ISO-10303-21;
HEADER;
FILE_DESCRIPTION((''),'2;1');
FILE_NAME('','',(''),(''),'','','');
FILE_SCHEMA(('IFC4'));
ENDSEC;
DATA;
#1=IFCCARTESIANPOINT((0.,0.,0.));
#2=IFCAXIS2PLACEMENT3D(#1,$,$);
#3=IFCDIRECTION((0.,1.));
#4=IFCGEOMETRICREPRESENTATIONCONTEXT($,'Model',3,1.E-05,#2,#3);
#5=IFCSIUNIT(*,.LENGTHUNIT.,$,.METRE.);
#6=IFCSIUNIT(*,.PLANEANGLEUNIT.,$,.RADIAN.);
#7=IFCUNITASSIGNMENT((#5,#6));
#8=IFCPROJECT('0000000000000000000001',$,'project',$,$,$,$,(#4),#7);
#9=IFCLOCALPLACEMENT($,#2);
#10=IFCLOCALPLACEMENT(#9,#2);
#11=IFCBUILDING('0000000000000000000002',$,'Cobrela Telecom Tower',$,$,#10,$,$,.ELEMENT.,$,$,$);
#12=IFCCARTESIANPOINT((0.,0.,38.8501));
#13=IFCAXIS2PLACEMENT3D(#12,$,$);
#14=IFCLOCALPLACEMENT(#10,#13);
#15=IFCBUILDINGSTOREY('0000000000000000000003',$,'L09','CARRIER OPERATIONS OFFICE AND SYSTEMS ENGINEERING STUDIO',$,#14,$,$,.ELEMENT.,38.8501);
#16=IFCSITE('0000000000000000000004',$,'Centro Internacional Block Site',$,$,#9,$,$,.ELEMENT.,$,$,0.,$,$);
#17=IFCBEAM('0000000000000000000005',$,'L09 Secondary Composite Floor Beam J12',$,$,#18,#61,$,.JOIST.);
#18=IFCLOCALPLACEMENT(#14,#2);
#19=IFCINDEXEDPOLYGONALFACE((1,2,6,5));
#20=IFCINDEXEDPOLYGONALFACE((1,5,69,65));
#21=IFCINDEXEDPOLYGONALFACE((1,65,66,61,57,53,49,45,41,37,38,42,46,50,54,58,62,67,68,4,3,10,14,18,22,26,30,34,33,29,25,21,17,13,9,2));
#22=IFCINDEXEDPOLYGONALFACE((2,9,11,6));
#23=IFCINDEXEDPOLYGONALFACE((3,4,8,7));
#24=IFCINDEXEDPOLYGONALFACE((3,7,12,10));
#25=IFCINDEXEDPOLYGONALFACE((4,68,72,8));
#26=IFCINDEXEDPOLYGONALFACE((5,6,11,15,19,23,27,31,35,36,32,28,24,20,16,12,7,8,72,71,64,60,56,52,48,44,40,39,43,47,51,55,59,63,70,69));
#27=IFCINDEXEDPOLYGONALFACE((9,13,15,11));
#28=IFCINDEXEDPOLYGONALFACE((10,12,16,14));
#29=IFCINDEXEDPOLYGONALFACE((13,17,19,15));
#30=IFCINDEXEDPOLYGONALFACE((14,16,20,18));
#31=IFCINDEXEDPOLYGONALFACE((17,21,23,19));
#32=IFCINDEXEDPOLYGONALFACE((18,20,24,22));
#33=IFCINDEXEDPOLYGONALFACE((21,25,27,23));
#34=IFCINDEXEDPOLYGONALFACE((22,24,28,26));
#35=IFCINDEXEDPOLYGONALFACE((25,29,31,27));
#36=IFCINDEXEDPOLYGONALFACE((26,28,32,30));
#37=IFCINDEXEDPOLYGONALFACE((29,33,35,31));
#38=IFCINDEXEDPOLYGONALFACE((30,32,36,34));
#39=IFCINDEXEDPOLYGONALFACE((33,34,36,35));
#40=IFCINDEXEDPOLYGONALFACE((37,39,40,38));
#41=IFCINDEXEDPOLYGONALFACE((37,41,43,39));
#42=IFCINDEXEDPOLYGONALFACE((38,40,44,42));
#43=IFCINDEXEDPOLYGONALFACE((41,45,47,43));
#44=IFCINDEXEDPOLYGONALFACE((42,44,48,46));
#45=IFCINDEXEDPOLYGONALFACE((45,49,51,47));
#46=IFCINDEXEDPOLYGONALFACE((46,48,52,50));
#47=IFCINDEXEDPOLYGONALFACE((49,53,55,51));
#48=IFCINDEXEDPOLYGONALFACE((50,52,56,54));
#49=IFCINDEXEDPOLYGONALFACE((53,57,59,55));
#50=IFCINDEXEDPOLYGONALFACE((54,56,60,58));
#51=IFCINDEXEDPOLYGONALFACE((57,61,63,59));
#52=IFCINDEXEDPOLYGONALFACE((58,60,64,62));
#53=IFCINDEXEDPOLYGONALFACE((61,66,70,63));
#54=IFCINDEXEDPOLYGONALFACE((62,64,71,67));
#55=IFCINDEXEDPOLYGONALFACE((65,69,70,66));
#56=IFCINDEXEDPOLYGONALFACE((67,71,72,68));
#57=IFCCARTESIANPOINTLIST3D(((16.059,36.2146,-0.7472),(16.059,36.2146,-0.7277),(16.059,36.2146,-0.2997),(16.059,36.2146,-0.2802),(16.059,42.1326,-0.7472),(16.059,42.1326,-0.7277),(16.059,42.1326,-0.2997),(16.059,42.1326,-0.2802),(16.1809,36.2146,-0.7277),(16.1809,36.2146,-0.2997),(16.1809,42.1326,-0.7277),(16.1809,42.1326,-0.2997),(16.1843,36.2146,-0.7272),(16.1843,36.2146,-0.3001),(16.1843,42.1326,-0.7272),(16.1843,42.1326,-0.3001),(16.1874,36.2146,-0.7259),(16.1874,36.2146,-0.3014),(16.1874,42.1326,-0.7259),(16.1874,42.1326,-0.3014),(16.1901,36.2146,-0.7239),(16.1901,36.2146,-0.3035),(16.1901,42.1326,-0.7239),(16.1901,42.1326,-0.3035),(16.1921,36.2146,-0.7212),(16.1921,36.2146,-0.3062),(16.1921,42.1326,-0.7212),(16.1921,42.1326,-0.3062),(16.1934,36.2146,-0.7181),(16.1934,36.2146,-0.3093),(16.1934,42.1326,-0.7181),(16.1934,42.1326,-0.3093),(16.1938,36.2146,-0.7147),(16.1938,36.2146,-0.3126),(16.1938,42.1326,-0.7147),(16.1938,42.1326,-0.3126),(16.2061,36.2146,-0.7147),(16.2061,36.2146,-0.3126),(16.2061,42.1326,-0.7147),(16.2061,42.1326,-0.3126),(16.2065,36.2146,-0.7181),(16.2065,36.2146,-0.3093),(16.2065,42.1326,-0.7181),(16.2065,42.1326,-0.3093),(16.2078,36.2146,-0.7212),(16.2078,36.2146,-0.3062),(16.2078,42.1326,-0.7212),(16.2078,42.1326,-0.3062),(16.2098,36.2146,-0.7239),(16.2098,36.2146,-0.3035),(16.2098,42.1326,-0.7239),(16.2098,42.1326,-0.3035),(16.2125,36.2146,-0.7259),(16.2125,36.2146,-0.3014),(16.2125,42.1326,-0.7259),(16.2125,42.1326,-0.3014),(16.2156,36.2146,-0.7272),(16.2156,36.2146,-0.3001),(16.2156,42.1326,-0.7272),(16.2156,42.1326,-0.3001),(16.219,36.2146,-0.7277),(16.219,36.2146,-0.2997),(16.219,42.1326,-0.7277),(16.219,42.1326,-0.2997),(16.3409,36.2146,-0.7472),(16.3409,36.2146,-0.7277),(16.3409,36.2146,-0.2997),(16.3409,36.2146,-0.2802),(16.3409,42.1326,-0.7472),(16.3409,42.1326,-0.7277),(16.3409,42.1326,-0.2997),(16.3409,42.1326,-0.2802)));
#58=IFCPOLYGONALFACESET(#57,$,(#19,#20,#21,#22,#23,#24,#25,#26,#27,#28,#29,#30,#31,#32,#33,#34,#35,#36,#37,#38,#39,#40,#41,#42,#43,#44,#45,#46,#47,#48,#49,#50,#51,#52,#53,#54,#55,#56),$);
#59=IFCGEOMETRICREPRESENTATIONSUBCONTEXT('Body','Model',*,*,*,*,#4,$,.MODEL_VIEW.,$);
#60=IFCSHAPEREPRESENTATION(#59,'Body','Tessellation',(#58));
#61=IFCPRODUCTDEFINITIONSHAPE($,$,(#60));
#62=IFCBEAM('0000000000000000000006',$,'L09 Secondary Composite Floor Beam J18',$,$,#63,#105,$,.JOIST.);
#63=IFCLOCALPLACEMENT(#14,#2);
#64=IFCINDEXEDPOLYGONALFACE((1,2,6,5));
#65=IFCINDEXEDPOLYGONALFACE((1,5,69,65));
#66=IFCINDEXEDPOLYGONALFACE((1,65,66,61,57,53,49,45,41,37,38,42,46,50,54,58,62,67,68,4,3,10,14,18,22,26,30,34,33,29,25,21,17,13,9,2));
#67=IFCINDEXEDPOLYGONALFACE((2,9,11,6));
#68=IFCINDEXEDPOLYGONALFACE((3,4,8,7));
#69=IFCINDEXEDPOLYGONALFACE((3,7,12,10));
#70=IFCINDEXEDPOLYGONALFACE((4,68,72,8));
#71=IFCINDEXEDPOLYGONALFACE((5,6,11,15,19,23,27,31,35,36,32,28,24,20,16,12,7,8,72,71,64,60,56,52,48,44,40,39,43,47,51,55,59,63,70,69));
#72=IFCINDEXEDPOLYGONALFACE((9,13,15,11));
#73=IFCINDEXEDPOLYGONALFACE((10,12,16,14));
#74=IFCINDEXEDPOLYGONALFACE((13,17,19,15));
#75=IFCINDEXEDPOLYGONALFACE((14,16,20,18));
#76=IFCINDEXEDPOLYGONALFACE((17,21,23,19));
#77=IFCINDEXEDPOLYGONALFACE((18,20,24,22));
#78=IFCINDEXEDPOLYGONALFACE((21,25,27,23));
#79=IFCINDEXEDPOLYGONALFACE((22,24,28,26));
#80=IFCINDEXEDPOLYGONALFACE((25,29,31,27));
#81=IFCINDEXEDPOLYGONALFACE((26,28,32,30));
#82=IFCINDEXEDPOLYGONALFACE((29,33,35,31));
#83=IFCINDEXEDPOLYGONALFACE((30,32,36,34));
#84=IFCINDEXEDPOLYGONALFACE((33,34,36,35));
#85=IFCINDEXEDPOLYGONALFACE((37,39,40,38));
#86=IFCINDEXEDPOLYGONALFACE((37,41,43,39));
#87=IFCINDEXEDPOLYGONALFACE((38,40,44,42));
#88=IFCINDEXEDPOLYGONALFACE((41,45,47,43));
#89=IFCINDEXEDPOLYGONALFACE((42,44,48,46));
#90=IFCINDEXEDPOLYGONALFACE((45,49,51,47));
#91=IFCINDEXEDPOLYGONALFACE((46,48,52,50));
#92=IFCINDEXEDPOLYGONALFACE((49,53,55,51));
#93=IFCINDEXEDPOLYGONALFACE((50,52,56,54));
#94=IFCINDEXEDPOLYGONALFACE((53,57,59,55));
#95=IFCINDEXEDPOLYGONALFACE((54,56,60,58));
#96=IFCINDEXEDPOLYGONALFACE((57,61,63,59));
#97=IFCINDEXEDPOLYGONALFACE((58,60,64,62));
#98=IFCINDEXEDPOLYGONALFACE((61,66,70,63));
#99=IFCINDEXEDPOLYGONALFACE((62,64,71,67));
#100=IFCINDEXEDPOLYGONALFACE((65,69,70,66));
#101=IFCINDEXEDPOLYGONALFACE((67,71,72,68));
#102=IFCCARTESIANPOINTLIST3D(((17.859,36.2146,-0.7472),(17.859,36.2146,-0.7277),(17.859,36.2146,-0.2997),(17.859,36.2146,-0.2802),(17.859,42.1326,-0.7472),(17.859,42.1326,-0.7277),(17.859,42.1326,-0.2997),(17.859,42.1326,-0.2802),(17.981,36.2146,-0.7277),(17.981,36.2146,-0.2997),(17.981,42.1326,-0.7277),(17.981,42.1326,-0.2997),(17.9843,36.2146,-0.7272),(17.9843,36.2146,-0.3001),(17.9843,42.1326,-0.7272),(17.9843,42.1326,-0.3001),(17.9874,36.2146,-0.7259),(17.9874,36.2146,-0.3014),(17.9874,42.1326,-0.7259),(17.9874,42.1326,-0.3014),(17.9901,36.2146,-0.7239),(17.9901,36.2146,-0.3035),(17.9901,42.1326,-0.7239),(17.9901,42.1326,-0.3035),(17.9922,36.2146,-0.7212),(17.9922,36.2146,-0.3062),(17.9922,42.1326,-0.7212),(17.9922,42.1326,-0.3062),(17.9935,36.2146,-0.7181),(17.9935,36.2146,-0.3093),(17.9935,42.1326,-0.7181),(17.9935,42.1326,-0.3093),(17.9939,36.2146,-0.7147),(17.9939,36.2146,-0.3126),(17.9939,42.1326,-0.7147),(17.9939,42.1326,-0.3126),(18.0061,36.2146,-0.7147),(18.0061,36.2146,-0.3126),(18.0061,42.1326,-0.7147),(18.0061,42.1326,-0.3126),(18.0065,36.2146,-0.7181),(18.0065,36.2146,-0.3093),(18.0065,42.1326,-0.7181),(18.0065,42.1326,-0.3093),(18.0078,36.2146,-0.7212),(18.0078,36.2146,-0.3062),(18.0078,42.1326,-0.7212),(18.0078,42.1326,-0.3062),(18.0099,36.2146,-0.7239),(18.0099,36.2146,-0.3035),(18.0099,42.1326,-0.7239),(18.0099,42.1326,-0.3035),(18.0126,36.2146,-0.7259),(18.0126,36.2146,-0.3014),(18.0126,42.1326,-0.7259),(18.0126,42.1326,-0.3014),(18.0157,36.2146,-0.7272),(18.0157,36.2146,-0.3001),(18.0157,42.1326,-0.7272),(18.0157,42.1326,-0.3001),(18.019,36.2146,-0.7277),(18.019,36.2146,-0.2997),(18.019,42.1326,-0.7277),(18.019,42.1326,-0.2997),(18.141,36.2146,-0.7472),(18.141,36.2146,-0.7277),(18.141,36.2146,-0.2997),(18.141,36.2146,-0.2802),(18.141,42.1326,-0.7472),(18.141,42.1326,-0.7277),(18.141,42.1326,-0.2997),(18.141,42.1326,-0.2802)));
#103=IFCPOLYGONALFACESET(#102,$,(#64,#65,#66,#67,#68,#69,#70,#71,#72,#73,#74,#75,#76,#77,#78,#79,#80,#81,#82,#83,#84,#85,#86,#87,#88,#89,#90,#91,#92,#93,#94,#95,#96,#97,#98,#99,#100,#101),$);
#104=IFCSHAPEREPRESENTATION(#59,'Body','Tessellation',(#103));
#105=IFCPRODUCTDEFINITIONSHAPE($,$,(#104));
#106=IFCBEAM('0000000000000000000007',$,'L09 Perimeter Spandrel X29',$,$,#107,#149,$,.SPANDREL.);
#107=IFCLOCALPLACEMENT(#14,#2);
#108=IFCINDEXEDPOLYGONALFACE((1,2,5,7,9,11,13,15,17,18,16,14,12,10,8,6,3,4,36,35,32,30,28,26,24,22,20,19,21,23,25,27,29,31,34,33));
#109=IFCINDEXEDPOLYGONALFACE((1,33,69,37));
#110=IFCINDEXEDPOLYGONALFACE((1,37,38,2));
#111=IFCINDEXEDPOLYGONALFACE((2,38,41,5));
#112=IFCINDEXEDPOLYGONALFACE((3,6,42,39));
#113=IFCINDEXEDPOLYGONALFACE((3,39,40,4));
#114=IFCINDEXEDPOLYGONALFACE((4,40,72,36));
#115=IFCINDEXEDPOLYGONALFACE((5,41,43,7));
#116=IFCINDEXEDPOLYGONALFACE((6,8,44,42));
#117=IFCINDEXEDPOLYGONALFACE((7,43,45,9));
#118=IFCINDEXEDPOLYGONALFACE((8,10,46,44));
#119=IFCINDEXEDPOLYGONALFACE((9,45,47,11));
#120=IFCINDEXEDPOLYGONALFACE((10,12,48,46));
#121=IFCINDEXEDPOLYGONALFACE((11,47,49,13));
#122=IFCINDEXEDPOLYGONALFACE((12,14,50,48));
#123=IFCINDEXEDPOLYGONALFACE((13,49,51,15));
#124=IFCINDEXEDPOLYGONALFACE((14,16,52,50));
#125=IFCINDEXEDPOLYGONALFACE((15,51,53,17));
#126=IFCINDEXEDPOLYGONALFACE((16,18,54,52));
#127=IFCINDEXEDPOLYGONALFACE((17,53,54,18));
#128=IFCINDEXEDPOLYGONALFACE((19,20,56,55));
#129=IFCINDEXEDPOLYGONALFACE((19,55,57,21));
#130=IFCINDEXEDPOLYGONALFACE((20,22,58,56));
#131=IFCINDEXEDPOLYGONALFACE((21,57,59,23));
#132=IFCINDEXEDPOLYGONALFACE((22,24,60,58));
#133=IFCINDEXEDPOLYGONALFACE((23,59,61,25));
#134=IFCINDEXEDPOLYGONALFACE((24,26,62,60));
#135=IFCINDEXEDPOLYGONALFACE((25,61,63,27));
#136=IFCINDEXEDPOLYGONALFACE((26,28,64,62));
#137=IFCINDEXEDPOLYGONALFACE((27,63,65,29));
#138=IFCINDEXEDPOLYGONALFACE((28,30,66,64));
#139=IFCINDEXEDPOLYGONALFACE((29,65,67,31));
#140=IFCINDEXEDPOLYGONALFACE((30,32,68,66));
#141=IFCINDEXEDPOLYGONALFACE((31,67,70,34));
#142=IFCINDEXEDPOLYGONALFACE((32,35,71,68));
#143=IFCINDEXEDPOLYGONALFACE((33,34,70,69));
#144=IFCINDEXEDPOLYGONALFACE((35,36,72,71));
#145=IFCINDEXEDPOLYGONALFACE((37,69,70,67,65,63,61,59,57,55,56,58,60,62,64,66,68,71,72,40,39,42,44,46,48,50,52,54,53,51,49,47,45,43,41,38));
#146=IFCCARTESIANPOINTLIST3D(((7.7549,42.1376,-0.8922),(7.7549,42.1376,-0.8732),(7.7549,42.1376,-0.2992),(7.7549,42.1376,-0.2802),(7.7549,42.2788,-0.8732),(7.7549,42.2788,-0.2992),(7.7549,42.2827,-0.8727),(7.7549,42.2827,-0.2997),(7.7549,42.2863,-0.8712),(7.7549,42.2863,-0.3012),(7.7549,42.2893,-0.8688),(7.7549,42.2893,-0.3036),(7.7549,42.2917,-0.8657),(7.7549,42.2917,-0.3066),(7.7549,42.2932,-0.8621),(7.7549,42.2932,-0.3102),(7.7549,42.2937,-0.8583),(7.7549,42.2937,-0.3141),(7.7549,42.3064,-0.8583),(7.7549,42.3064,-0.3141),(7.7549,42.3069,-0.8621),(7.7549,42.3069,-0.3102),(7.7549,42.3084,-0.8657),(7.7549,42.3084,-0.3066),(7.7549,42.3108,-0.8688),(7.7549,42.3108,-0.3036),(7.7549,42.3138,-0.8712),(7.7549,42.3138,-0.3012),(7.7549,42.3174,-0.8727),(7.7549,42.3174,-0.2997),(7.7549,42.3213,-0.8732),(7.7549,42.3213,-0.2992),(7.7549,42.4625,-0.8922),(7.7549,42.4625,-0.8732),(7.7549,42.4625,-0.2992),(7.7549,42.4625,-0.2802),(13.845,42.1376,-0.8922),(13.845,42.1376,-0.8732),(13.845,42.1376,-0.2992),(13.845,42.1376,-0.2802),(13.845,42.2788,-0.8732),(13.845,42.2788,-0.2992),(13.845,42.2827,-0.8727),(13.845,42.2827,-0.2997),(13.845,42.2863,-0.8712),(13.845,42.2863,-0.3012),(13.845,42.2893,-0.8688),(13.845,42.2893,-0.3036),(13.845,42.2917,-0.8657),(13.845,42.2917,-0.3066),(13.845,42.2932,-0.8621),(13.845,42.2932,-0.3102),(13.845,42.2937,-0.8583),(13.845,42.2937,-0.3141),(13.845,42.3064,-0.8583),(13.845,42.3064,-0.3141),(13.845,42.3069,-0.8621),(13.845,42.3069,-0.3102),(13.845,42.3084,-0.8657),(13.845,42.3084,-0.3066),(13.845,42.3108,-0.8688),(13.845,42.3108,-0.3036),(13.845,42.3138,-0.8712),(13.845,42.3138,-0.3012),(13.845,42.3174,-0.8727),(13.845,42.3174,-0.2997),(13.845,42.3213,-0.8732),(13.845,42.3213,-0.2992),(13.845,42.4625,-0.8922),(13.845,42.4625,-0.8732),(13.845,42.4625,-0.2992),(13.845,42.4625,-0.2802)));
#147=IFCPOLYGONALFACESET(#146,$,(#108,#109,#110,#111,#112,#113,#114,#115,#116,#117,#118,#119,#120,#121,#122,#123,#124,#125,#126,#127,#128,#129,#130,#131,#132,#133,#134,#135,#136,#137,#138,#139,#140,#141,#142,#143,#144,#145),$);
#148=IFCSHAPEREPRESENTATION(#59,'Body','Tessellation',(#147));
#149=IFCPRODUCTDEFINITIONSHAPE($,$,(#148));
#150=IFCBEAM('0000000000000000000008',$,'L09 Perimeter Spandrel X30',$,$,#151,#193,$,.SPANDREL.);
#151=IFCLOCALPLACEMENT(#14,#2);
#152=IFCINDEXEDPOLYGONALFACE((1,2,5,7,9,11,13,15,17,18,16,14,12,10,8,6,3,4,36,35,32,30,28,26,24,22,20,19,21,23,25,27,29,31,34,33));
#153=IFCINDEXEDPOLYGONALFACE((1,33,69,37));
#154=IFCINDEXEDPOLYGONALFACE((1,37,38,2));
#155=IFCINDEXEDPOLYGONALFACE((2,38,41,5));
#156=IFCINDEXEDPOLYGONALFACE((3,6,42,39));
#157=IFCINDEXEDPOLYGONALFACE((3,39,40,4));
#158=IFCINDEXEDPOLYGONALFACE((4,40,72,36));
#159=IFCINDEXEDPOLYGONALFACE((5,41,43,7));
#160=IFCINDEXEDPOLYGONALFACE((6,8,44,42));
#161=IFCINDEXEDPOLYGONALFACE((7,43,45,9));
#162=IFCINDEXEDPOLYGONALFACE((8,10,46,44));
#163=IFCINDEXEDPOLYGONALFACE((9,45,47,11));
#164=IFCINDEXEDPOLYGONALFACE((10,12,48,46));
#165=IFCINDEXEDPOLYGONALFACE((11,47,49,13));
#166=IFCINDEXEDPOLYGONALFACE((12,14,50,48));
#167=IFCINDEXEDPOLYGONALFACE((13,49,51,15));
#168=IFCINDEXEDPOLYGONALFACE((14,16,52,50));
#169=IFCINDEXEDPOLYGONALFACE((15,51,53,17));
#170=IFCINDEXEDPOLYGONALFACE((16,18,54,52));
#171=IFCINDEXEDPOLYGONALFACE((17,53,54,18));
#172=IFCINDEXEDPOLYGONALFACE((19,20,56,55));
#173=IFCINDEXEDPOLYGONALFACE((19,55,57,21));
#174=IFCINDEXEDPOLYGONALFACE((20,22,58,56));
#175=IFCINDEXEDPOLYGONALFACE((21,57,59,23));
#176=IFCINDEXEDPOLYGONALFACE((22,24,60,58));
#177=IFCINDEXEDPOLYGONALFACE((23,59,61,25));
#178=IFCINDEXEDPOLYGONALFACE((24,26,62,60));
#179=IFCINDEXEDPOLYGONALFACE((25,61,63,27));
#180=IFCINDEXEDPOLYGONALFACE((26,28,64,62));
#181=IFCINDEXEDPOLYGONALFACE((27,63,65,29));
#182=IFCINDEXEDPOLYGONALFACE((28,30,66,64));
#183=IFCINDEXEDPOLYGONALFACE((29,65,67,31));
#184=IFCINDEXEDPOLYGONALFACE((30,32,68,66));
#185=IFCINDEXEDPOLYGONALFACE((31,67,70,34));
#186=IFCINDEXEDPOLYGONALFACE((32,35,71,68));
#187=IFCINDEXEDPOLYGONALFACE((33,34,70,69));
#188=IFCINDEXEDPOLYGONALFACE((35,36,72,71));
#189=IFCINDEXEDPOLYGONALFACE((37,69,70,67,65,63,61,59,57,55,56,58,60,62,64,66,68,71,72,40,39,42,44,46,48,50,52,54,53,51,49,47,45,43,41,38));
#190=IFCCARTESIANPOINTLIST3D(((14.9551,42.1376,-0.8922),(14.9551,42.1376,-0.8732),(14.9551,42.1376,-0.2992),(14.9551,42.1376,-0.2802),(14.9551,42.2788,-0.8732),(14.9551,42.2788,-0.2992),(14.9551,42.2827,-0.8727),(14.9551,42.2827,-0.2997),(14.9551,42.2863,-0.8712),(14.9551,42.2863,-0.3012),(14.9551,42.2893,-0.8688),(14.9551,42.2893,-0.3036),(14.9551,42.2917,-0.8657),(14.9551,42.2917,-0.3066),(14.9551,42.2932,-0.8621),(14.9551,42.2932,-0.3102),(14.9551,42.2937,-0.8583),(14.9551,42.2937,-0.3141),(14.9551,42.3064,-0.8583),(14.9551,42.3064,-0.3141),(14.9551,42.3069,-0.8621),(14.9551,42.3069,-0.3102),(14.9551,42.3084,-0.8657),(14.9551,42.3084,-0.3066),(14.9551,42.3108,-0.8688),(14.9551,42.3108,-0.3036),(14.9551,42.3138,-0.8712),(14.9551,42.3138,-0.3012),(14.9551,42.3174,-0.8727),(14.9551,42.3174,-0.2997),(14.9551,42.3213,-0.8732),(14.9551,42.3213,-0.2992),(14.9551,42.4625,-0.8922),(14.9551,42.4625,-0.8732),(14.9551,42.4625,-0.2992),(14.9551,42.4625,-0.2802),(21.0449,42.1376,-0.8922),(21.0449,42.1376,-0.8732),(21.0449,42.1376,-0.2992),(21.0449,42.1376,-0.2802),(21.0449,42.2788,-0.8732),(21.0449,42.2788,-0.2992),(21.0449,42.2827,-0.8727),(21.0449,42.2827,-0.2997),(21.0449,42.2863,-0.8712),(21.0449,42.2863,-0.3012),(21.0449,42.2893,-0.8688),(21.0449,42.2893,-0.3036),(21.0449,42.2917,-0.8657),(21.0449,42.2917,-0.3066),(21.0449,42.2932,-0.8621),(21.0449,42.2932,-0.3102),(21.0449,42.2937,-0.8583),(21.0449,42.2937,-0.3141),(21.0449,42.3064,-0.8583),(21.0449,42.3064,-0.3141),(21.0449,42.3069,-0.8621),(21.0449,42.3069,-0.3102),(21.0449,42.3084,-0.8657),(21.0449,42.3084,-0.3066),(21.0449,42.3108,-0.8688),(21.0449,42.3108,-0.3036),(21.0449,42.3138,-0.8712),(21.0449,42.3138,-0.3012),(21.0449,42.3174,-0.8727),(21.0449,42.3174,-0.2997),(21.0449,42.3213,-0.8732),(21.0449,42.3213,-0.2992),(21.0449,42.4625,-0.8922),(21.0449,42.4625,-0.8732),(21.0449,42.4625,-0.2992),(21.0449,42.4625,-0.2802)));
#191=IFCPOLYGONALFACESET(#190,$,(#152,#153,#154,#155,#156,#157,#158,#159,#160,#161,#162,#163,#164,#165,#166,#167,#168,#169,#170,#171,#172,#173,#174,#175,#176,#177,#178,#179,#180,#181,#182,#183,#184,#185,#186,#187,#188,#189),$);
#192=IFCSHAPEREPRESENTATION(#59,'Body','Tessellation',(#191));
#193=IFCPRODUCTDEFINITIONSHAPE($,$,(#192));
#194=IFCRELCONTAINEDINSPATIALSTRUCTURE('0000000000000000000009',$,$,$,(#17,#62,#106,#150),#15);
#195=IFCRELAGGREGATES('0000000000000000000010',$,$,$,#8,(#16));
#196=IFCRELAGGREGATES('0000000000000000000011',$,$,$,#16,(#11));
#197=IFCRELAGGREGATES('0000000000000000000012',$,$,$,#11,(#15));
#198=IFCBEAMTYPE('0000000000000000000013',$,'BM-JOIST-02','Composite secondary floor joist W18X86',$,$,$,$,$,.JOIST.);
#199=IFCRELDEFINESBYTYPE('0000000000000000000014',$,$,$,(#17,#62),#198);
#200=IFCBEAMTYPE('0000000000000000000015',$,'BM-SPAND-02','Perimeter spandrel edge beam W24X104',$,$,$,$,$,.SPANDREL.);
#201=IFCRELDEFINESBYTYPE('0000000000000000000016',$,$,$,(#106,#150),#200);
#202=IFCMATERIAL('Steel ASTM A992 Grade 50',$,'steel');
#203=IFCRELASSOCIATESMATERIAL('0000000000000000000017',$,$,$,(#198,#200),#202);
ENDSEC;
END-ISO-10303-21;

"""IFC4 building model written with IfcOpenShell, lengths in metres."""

from ifc_helpers import new_model, si_unit, direction, frame, origin, origin_2d, place, context, subcontext, project, spatial, i_section, extrude, material, material_profile, profile_set, type_object, element, save


model = new_model("IFC4")

# Units and contexts
model_context = context("Model", 3, precision=1e-05, world=origin(), true_north=direction((0.0, 1.0)))
body_context = subcontext(model_context, "Body", "Model", "MODEL_VIEW")
ifc_project = project(units=[si_unit("LENGTHUNIT", "METRE"), si_unit("PLANEANGLEUNIT", "RADIAN")], contexts=[model_context])

# Site, building, storey
site_placement = place(None, origin())
site = spatial("IfcSite", under=ifc_project, at=site_placement, Name="Centro Internacional Block Site", CompositionType="ELEMENT", RefElevation=0.0)
building_placement = place(site_placement, origin())
building = spatial("IfcBuilding", under=site, at=building_placement, Name="Cobrela Telecom Tower", CompositionType="ELEMENT")
storey_placement = place(building_placement, frame((0.0, 0.0, 38.8501)))
storey = spatial("IfcBuildingStorey", under=building, at=storey_placement, Name="L09", Description="CARRIER OPERATIONS OFFICE AND SYSTEMS ENGINEERING STUDIO", CompositionType="ELEMENT", Elevation=38.8501)

# Beams
ifc_material_1 = material(Name="Steel ASTM A992 Grade 50", Category="steel")
ifc_material_profile_1 = material_profile(ifc_material_1, i_section(OverallWidth=0.282, OverallDepth=0.467, WebThickness=0.0122, FlangeThickness=0.0195, FilletRadius=0.0129, at=origin_2d()), Name="W18X86")
ifc_profile_set_1 = profile_set([ifc_material_profile_1], Name="Steel ASTM A992 Grade 50")
beam_type_1 = type_object("IfcBeamType", Name="BM-JOIST-02", Description="Composite secondary floor joist W18X86", PredefinedType="JOIST", material=ifc_profile_set_1)
for number, where, z_axis, x_axis, name in (
    (1, (16.2, 36.2146, -0.5137), (0.0, 1.0, 0.0), (-1.0, 0.0, 0.0), "L09 Secondary Composite Floor Beam J12"),
    (2, (18.0, 36.2146, -0.5137), (0.0, 1.0, 0.0), (-1.0, 0.0, 0.0), "L09 Secondary Composite Floor Beam J18"),
):
    element("IfcBeam", number, at=place(storey_placement, frame(where, z_axis=z_axis, x_axis=x_axis)), inside=storey, type_object=beam_type_1, Name=name, PredefinedType="JOIST", context=body_context, shape_type="SweptSolid", body=[
        extrude(i_section(OverallWidth=0.282, OverallDepth=0.467, WebThickness=0.0122, FlangeThickness=0.0195, FilletRadius=0.0129, at=origin_2d()), origin(), (0.0, 0.0, 1.0), 5.918),
    ])
ifc_material_profile_2 = material_profile(ifc_material_1, i_section(OverallWidth=0.325, OverallDepth=0.6121, WebThickness=0.0127, FlangeThickness=0.019, FilletRadius=0.0149, at=origin_2d()), Name="W24X104")
ifc_profile_set_2 = profile_set([ifc_material_profile_2], Name="Steel ASTM A992 Grade 50")
beam_type_2 = type_object("IfcBeamType", Name="BM-SPAND-02", Description="Perimeter spandrel edge beam W24X104", PredefinedType="SPANDREL", material=ifc_profile_set_2)
beam_1_placement = place(storey_placement, frame((7.7549, 42.3, -0.5862), z_axis=(1.0, 0.0, 0.0), x_axis=(0.0, 1.0, 0.0)))
element("IfcBeam", 3, at=beam_1_placement, inside=storey, type_object=beam_type_2, Name="L09 Perimeter Spandrel X29", PredefinedType="SPANDREL", context=body_context, shape_type="SweptSolid", body=[
    extrude(i_section(OverallWidth=0.325, OverallDepth=0.6121, WebThickness=0.0127, FlangeThickness=0.019, FilletRadius=0.0149, at=origin_2d()), origin(), (0.0, 0.0, 1.0), 6.0901),
])
beam_2_placement = place(storey_placement, frame((14.9551, 42.3, -0.5862), z_axis=(1.0, 0.0, 0.0), x_axis=(0.0, 1.0, 0.0)))
element("IfcBeam", 4, at=beam_2_placement, inside=storey, type_object=beam_type_2, Name="L09 Perimeter Spandrel X30", PredefinedType="SPANDREL", context=body_context, shape_type="SweptSolid", body=[
    extrude(i_section(OverallWidth=0.325, OverallDepth=0.6121, WebThickness=0.0127, FlangeThickness=0.019, FilletRadius=0.0149, at=origin_2d()), origin(), (0.0, 0.0, 1.0), 6.0898),
])

save(model, "model.ifc")
